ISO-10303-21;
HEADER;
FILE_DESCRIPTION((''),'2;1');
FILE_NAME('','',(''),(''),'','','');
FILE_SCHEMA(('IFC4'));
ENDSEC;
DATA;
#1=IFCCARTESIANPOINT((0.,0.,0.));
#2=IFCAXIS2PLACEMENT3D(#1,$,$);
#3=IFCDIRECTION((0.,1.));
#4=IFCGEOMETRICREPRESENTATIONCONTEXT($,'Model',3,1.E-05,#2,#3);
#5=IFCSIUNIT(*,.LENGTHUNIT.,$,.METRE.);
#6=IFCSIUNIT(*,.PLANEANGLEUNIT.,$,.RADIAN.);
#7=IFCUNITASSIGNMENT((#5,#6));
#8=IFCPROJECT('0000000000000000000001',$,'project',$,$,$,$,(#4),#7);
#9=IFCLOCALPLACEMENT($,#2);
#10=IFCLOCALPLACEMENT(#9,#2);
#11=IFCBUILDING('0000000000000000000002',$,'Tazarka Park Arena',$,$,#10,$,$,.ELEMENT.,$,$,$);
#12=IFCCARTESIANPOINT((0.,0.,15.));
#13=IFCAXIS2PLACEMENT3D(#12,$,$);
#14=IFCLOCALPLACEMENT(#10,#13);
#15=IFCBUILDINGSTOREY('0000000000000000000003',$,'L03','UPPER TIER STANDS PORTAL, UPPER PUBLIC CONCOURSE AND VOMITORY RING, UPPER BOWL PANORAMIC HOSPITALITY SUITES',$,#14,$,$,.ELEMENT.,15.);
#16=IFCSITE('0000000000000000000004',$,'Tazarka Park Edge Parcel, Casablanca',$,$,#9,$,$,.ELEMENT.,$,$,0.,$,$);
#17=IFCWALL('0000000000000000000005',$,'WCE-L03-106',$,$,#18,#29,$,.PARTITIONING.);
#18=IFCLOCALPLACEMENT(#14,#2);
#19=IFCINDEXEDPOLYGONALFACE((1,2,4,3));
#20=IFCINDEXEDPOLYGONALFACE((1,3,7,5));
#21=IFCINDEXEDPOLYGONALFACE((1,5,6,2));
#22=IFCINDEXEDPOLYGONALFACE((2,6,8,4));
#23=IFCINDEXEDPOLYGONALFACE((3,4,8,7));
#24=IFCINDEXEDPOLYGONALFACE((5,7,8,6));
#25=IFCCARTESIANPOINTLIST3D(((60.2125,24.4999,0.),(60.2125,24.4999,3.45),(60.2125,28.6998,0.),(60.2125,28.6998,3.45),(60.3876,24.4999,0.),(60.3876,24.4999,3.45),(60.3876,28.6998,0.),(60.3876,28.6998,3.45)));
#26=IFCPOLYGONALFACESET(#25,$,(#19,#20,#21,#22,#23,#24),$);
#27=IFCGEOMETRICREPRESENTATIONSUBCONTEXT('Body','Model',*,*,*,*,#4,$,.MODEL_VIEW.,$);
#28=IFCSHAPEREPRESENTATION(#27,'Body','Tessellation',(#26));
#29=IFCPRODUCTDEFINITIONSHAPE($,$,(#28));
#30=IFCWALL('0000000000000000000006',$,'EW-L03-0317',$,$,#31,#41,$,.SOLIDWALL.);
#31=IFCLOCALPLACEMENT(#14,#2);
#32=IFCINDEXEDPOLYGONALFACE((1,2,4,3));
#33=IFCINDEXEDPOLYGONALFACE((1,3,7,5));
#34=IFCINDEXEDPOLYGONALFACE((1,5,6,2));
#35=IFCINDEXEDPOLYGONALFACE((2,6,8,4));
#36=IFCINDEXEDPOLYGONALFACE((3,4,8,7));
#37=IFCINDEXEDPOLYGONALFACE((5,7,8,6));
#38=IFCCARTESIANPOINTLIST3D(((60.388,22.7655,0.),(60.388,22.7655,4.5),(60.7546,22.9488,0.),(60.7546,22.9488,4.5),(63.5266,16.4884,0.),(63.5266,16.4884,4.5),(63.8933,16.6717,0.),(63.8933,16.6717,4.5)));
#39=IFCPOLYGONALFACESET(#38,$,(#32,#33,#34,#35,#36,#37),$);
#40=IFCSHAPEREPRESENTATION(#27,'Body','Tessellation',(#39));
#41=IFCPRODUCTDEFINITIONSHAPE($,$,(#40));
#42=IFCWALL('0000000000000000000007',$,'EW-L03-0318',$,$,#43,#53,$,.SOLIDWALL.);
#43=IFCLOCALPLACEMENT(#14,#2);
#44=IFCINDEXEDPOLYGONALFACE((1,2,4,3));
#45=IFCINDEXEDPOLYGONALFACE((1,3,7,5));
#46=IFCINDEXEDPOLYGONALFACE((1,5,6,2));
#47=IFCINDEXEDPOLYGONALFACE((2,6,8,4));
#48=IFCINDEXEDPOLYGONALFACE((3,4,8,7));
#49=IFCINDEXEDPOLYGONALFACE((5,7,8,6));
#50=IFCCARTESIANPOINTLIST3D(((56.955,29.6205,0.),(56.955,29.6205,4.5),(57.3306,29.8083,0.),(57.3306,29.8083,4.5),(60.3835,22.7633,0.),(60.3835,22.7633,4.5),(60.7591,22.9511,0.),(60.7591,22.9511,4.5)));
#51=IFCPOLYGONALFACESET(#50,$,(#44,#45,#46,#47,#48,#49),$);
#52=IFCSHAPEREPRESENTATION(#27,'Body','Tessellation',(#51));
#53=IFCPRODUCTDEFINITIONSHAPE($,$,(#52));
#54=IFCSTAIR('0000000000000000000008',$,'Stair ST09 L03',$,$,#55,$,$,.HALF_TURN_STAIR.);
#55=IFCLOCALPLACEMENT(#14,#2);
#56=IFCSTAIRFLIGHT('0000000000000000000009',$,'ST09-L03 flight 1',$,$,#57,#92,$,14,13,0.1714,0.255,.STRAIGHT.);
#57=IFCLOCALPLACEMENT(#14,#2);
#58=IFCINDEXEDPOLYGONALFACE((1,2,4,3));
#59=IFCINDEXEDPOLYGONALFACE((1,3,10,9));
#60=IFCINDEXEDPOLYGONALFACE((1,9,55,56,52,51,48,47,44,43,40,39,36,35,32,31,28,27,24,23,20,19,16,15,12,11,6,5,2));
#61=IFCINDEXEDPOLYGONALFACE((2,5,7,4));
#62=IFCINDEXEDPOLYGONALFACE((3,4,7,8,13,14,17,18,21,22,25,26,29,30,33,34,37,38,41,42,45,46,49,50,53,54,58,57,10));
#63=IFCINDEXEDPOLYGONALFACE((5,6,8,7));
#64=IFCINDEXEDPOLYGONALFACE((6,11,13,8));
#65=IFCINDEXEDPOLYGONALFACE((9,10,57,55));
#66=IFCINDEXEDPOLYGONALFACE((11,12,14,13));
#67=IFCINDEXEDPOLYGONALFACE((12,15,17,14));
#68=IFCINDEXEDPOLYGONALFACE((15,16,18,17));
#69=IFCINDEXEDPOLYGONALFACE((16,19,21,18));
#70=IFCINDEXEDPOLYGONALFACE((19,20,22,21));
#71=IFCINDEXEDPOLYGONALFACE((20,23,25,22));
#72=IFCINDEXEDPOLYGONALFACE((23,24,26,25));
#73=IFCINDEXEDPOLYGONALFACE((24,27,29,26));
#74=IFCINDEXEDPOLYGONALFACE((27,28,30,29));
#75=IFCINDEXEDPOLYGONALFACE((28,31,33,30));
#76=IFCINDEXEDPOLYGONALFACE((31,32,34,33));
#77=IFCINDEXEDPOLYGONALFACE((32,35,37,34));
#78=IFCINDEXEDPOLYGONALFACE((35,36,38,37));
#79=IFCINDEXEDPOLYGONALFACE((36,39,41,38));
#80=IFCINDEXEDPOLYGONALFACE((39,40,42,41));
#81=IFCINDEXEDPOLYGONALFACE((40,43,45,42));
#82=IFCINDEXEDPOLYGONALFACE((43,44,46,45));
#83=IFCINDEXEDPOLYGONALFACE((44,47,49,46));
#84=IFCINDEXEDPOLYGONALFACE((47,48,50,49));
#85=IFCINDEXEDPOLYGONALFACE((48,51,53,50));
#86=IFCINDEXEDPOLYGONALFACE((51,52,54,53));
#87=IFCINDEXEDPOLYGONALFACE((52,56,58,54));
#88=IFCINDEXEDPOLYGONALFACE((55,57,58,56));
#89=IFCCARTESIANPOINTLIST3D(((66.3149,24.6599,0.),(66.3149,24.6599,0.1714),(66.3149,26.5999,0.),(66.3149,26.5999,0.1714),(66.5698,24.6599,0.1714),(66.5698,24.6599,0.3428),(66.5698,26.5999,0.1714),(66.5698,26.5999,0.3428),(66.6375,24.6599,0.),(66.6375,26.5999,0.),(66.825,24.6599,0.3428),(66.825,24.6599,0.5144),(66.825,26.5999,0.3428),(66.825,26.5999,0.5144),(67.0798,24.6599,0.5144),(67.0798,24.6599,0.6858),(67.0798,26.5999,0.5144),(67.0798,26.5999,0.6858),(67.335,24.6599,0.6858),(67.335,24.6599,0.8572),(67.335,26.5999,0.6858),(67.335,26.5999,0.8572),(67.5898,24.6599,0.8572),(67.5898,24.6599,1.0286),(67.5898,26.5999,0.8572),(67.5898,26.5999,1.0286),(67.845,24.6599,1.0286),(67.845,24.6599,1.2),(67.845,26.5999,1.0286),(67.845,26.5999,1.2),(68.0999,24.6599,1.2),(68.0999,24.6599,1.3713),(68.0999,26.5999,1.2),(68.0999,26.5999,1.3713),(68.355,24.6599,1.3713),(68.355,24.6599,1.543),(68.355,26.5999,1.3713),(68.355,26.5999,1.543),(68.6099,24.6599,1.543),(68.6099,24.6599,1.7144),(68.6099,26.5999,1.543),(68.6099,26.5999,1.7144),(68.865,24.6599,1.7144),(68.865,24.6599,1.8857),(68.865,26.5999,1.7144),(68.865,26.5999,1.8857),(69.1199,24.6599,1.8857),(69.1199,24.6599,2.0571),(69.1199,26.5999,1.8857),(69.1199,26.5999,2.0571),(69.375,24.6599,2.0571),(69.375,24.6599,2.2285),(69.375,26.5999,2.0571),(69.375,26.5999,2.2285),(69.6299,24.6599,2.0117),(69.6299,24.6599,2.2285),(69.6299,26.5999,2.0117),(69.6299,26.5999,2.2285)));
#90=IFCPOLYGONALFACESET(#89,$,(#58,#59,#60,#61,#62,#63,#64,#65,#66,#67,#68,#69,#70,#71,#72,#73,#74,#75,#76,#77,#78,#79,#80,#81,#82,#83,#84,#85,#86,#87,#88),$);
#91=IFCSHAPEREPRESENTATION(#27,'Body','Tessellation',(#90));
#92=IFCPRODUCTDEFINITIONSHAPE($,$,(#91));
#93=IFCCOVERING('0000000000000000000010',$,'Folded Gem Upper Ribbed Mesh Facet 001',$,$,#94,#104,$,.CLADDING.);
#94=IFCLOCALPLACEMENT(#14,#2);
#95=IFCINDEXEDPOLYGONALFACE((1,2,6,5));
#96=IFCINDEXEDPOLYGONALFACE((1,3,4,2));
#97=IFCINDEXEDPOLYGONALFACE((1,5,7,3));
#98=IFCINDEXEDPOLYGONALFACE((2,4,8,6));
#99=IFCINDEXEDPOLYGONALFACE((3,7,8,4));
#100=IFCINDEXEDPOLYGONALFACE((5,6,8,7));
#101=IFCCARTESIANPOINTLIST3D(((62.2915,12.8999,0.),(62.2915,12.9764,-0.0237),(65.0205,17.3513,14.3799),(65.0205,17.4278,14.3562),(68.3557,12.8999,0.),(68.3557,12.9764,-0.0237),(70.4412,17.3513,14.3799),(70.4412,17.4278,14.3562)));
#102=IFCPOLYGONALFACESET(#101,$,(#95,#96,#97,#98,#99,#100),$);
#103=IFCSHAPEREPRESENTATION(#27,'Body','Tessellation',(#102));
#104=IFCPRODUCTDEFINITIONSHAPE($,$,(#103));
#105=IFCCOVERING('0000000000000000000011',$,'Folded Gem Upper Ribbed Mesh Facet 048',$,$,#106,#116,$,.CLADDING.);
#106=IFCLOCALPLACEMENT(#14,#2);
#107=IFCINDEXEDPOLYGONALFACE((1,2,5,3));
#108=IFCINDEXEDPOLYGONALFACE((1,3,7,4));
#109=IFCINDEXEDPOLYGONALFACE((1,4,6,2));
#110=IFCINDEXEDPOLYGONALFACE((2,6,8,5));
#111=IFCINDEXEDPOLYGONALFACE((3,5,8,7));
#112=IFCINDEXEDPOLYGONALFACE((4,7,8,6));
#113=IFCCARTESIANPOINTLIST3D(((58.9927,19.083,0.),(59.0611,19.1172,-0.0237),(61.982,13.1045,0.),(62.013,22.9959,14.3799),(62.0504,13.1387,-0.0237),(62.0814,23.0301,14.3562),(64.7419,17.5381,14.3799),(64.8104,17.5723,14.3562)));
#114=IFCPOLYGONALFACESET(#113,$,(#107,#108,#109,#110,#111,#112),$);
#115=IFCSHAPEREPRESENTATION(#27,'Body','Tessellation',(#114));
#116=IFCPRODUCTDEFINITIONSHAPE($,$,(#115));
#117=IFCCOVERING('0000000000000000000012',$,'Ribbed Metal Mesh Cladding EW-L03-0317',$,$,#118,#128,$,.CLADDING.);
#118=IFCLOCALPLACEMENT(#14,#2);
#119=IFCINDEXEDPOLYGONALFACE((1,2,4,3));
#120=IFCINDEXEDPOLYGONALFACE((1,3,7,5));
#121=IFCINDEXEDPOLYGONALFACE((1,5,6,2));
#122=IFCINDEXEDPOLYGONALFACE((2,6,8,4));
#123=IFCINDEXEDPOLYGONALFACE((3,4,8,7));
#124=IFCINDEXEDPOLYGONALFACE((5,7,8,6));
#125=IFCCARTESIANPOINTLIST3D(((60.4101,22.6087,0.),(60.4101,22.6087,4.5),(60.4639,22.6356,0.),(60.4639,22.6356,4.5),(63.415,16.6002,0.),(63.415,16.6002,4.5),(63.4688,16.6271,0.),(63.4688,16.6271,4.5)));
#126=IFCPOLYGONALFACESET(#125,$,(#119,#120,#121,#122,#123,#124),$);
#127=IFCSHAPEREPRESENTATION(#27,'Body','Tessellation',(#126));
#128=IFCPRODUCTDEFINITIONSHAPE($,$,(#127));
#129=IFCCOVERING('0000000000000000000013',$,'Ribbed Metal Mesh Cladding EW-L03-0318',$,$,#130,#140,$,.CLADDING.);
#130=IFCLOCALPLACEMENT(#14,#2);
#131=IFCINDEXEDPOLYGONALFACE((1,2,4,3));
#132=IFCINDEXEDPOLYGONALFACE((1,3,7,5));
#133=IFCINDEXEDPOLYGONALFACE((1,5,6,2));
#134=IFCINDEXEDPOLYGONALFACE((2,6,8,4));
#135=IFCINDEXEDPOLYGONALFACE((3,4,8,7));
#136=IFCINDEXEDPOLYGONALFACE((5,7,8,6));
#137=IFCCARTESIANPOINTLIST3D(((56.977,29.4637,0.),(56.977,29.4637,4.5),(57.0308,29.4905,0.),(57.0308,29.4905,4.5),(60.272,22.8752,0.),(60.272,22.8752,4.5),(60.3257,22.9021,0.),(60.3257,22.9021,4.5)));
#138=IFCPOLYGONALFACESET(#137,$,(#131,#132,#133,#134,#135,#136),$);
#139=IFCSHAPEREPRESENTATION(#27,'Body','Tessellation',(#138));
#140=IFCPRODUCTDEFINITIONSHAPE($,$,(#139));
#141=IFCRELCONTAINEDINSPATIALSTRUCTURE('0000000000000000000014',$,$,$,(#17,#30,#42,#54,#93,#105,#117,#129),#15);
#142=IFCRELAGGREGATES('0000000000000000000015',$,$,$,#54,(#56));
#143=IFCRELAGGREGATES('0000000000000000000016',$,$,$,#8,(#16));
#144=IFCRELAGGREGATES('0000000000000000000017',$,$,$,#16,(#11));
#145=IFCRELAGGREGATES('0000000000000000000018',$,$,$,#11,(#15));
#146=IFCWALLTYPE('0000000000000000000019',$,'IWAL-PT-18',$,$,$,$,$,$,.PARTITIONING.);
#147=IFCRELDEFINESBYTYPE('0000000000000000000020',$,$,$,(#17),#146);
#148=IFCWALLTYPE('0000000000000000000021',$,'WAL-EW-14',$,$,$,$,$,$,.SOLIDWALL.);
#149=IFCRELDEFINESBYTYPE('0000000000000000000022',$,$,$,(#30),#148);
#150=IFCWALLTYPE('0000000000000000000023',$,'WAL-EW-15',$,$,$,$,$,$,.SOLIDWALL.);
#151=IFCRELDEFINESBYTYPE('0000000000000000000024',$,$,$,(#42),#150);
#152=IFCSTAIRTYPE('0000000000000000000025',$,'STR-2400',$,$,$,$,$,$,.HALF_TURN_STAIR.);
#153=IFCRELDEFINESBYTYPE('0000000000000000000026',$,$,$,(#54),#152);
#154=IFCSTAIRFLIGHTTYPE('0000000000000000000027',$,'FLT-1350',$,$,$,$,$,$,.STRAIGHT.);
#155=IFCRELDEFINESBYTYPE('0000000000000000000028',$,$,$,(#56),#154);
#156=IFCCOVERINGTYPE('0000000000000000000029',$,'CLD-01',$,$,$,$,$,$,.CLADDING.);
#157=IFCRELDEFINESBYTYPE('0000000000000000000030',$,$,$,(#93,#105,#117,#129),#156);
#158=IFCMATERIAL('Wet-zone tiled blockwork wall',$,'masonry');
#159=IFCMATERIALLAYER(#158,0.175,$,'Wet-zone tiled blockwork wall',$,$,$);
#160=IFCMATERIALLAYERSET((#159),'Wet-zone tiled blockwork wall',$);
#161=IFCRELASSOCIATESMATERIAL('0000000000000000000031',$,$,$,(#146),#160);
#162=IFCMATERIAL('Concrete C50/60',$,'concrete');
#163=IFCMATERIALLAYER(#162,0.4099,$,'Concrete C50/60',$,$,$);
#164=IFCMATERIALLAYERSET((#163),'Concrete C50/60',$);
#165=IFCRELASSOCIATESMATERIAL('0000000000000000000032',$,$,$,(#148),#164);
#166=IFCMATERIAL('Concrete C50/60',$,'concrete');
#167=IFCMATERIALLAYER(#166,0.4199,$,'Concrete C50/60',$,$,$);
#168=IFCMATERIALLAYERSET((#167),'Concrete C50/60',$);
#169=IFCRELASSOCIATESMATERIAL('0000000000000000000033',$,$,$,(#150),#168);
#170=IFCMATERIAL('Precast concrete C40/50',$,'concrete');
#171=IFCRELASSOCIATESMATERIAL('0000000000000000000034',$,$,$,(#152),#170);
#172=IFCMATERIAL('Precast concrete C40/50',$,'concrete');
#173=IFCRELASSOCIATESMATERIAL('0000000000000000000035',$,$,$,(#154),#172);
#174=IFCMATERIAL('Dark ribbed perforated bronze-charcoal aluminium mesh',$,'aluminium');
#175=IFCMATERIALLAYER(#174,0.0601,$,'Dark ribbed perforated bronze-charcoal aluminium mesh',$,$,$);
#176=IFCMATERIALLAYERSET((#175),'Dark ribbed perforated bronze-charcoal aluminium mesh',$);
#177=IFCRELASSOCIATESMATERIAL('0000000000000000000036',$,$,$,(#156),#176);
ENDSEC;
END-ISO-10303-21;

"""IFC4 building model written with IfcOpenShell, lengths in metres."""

from ifc_helpers import new_model, si_unit, direction, frame, frame_2d, origin, origin_2d, place, context, subcontext, project, spatial, polyline, rectangle, outline, extrude, material, layer, layer_set, type_object, element, aggregate, save


model = new_model("IFC4")

# Units and contexts
model_context = context("Model", 3, precision=1e-05, world=origin(), true_north=direction((0.0, 1.0)))
body_context = subcontext(model_context, "Body", "Model", "MODEL_VIEW")
ifc_project = project(units=[si_unit("LENGTHUNIT", "METRE"), si_unit("PLANEANGLEUNIT", "RADIAN")], contexts=[model_context])

# Site, building, storey
site_placement = place(None, origin())
site = spatial("IfcSite", under=ifc_project, at=site_placement, Name="Tazarka Park Edge Parcel, Casablanca", CompositionType="ELEMENT", RefElevation=0.0)
building_placement = place(site_placement, origin())
building = spatial("IfcBuilding", under=site, at=building_placement, Name="Tazarka Park Arena", CompositionType="ELEMENT")
storey_placement = place(building_placement, frame((0.0, 0.0, 15.0)))
storey = spatial("IfcBuildingStorey", under=building, at=storey_placement, Name="L03", Description="UPPER TIER STANDS PORTAL, UPPER PUBLIC CONCOURSE AND VOMITORY RING, UPPER BOWL PANORAMIC HOSPITALITY SUITES", CompositionType="ELEMENT", Elevation=15.0)

# Shared definitions
ifc_material_1 = material(Name="Wet-zone tiled blockwork wall", Category="masonry")
ifc_layer_1 = layer(ifc_material_1, 0.175, Name="Wet-zone tiled blockwork wall")
ifc_layer_set_1 = layer_set([ifc_layer_1], Name="Wet-zone tiled blockwork wall")
wall_type_1 = type_object("IfcWallType", Name="IWAL-PT-18", PredefinedType="PARTITIONING", material=ifc_layer_set_1)

# Walls
wall_1_placement = place(storey_placement, frame((60.3, 28.7, 0.0), z_axis=(0.0, 0.0, 1.0), x_axis=(0.0, -1.0, 0.0)))
element("IfcWall", 1, at=wall_1_placement, inside=storey, type_object=wall_type_1, Name="WCE-L03-106", PredefinedType="PARTITIONING", context=body_context, shape_type="SweptSolid", body=[
    extrude(rectangle(XDim=4.2, YDim=0.175, at=frame_2d((2.1001, 0.0))), origin(), (0.0, 0.0, 1.0), 3.45),
])
ifc_material_2 = material(Name="Concrete C50/60", Category="concrete")
ifc_layer_2 = layer(ifc_material_2, 0.4099, Name="Concrete C50/60")
ifc_layer_set_2 = layer_set([ifc_layer_2], Name="Concrete C50/60")
wall_type_2 = type_object("IfcWallType", Name="WAL-EW-14", PredefinedType="SOLIDWALL", material=ifc_layer_set_2)
wall_2_placement = place(storey_placement, frame((63.71, 16.5801, 0.0), z_axis=(0.0, 0.0, 1.0), x_axis=(-0.447228, 0.89442, 0.0)))
element("IfcWall", 2, at=wall_2_placement, inside=storey, type_object=wall_type_2, Name="EW-L03-0317", PredefinedType="SOLIDWALL", context=body_context, shape_type="SweptSolid", body=[
    extrude(rectangle(XDim=7.0181, YDim=0.4099, at=frame_2d((3.509, 0.0))), origin(), (0.0, 0.0, 1.0), 4.5),
])
ifc_material_3 = material(Name="Concrete C50/60", Category="concrete")
ifc_layer_3 = layer(ifc_material_3, 0.4199, Name="Concrete C50/60")
ifc_layer_set_3 = layer_set([ifc_layer_3], Name="Concrete C50/60")
wall_type_3 = type_object("IfcWallType", Name="WAL-EW-15", PredefinedType="SOLIDWALL", material=ifc_layer_set_3)
wall_3_placement = place(storey_placement, frame((60.5713, 22.8572, 0.0), z_axis=(0.0, 0.0, 1.0), x_axis=(-0.447201, 0.894434, 0.0)))
element("IfcWall", 3, at=wall_3_placement, inside=storey, type_object=wall_type_3, Name="EW-L03-0318", PredefinedType="SOLIDWALL", context=body_context, shape_type="SweptSolid", body=[
    extrude(rectangle(XDim=7.6665, YDim=0.4199, at=frame_2d((3.8333, 0.0))), origin(), (0.0, 0.0, 1.0), 4.5),
])

# Stair, stair flight
ifc_material_4 = material(Name="Precast concrete C40/50", Category="concrete")
stair_type = type_object("IfcStairType", Name="STR-2400", PredefinedType="HALF_TURN_STAIR", material=ifc_material_4)
stair_placement = place(storey_placement, origin())
stair = element("IfcStair", 4, at=stair_placement, inside=storey, type_object=stair_type, Name="Stair ST09 L03", PredefinedType="HALF_TURN_STAIR")
ifc_material_5 = material(Name="Precast concrete C40/50", Category="concrete")
stair_flight_type = type_object("IfcStairFlightType", Name="FLT-1350", PredefinedType="STRAIGHT", material=ifc_material_5)
stair_flight_placement = place(storey_placement, frame((66.3149, 25.6299, 0.0), z_axis=(0.0, 0.0, 1.0), x_axis=(1.0, 0.0, 0.0)))
stair_flight = element("IfcStairFlight", 5, at=stair_flight_placement, type_object=stair_flight_type, Name="ST09-L03 flight 1", NumberOfRisers=14, NumberOfTreads=13, PredefinedType="STRAIGHT", RiserHeight=0.1714, TreadLength=0.255, context=body_context, shape_type="SweptSolid", body=[
    extrude(outline(polyline([(0.0, 0.0), (0.0, 0.1714), (0.2549, 0.1714), (0.2549, 0.3428), (0.51, 0.3428), (0.51, 0.5144), (0.7649, 0.5144), (0.7649, 0.6858), (1.02, 0.6858), (1.02, 0.8572), (1.2749, 0.8572), (1.2749, 1.0286), (1.53, 1.0286), (1.53, 1.2), (1.7849, 1.2), (1.7849, 1.3713), (2.04, 1.3713), (2.04, 1.543), (2.2949, 1.543), (2.2949, 1.7144), (2.55, 1.7144), (2.55, 1.8857), (2.8049, 1.8857), (2.8049, 2.0571), (3.0601, 2.0571), (3.0601, 2.2285), (3.3149, 2.2285), (3.3149, 2.3999), (3.3149, 2.0117), (0.3225, 0.0), (0.0, 0.0)])), frame((0.0, 0.97, 0.0), z_axis=(0.0, -1.0, 0.0), x_axis=(1.0, 0.0, 0.0)), (0.0, 0.0, 1.0), 1.9399),
])
aggregate(stair, [stair_flight])

# Coverings
ifc_material_6 = material(Name="Dark ribbed perforated bronze-charcoal aluminium mesh", Category="aluminium")
ifc_layer_4 = layer(ifc_material_6, 0.0601, Name="Dark ribbed perforated bronze-charcoal aluminium mesh")
ifc_layer_set_4 = layer_set([ifc_layer_4], Name="Dark ribbed perforated bronze-charcoal aluminium mesh")
covering_type = type_object("IfcCoveringType", Name="CLD-01", PredefinedType="CLADDING", material=ifc_layer_set_4)
covering_1_placement = place(storey_placement, frame((62.2915, 12.8999, 0.0), z_axis=(0.0, -0.955277, 0.295714), x_axis=(1.0, 0.0, 0.0)))
element("IfcCovering", 6, at=covering_1_placement, inside=storey, type_object=covering_type, Name="Folded Gem Upper Ribbed Mesh Facet 001", PredefinedType="CLADDING", context=body_context, shape_type="SweptSolid", body=[
    extrude(outline(polyline([(0.0, 0.0), (6.0642, 0.0), (8.1497, 15.0531), (2.729, 15.0531), (0.0, 0.0)])), origin(), (0.0, 0.0, -1.0), 0.0801),
])
covering_2_placement = place(storey_placement, frame((58.9927, 19.083, 0.0), z_axis=(-0.854423, -0.42722, 0.29571), x_axis=(0.447221, -0.894424, -0.000002)))
element("IfcCovering", 7, at=covering_2_placement, inside=storey, type_object=covering_type, Name="Folded Gem Upper Ribbed Mesh Facet 048", PredefinedType="CLADDING", context=body_context, shape_type="SweptSolid", body=[
    extrude(outline(polyline([(0.0, 0.0), (6.6842, 0.0), (3.953, 15.0531), (-2.149, 15.0531), (0.0, 0.0)])), origin(), (0.0, 0.0, -1.0), 0.0801),
])
covering_3_placement = place(storey_placement, frame((61.9395, 19.6179, 0.0), z_axis=(0.0, 0.0, 1.0), x_axis=(-0.447291, 0.894389, 0.0)))
element("IfcCovering", 8, at=covering_3_placement, inside=storey, type_object=covering_type, Name="Ribbed Metal Mesh Cladding EW-L03-0317", PredefinedType="CLADDING", context=body_context, shape_type="SweptSolid", body=[
    extrude(rectangle(XDim=6.718, YDim=0.0601, at=origin_2d()), origin(), (0.0, 0.0, 1.0), 4.5),
])
covering_4_placement = place(storey_placement, frame((58.6514, 26.1829, 0.0), z_axis=(0.0, 0.0, 1.0), x_axis=(-0.447291, 0.894389, 0.0)))
element("IfcCovering", 9, at=covering_4_placement, inside=storey, type_object=covering_type, Name="Ribbed Metal Mesh Cladding EW-L03-0318", PredefinedType="CLADDING", context=body_context, shape_type="SweptSolid", body=[
    extrude(rectangle(XDim=7.3665, YDim=0.0601, at=origin_2d()), origin(), (0.0, 0.0, 1.0), 4.5),
])

save(model, "model.ifc")
